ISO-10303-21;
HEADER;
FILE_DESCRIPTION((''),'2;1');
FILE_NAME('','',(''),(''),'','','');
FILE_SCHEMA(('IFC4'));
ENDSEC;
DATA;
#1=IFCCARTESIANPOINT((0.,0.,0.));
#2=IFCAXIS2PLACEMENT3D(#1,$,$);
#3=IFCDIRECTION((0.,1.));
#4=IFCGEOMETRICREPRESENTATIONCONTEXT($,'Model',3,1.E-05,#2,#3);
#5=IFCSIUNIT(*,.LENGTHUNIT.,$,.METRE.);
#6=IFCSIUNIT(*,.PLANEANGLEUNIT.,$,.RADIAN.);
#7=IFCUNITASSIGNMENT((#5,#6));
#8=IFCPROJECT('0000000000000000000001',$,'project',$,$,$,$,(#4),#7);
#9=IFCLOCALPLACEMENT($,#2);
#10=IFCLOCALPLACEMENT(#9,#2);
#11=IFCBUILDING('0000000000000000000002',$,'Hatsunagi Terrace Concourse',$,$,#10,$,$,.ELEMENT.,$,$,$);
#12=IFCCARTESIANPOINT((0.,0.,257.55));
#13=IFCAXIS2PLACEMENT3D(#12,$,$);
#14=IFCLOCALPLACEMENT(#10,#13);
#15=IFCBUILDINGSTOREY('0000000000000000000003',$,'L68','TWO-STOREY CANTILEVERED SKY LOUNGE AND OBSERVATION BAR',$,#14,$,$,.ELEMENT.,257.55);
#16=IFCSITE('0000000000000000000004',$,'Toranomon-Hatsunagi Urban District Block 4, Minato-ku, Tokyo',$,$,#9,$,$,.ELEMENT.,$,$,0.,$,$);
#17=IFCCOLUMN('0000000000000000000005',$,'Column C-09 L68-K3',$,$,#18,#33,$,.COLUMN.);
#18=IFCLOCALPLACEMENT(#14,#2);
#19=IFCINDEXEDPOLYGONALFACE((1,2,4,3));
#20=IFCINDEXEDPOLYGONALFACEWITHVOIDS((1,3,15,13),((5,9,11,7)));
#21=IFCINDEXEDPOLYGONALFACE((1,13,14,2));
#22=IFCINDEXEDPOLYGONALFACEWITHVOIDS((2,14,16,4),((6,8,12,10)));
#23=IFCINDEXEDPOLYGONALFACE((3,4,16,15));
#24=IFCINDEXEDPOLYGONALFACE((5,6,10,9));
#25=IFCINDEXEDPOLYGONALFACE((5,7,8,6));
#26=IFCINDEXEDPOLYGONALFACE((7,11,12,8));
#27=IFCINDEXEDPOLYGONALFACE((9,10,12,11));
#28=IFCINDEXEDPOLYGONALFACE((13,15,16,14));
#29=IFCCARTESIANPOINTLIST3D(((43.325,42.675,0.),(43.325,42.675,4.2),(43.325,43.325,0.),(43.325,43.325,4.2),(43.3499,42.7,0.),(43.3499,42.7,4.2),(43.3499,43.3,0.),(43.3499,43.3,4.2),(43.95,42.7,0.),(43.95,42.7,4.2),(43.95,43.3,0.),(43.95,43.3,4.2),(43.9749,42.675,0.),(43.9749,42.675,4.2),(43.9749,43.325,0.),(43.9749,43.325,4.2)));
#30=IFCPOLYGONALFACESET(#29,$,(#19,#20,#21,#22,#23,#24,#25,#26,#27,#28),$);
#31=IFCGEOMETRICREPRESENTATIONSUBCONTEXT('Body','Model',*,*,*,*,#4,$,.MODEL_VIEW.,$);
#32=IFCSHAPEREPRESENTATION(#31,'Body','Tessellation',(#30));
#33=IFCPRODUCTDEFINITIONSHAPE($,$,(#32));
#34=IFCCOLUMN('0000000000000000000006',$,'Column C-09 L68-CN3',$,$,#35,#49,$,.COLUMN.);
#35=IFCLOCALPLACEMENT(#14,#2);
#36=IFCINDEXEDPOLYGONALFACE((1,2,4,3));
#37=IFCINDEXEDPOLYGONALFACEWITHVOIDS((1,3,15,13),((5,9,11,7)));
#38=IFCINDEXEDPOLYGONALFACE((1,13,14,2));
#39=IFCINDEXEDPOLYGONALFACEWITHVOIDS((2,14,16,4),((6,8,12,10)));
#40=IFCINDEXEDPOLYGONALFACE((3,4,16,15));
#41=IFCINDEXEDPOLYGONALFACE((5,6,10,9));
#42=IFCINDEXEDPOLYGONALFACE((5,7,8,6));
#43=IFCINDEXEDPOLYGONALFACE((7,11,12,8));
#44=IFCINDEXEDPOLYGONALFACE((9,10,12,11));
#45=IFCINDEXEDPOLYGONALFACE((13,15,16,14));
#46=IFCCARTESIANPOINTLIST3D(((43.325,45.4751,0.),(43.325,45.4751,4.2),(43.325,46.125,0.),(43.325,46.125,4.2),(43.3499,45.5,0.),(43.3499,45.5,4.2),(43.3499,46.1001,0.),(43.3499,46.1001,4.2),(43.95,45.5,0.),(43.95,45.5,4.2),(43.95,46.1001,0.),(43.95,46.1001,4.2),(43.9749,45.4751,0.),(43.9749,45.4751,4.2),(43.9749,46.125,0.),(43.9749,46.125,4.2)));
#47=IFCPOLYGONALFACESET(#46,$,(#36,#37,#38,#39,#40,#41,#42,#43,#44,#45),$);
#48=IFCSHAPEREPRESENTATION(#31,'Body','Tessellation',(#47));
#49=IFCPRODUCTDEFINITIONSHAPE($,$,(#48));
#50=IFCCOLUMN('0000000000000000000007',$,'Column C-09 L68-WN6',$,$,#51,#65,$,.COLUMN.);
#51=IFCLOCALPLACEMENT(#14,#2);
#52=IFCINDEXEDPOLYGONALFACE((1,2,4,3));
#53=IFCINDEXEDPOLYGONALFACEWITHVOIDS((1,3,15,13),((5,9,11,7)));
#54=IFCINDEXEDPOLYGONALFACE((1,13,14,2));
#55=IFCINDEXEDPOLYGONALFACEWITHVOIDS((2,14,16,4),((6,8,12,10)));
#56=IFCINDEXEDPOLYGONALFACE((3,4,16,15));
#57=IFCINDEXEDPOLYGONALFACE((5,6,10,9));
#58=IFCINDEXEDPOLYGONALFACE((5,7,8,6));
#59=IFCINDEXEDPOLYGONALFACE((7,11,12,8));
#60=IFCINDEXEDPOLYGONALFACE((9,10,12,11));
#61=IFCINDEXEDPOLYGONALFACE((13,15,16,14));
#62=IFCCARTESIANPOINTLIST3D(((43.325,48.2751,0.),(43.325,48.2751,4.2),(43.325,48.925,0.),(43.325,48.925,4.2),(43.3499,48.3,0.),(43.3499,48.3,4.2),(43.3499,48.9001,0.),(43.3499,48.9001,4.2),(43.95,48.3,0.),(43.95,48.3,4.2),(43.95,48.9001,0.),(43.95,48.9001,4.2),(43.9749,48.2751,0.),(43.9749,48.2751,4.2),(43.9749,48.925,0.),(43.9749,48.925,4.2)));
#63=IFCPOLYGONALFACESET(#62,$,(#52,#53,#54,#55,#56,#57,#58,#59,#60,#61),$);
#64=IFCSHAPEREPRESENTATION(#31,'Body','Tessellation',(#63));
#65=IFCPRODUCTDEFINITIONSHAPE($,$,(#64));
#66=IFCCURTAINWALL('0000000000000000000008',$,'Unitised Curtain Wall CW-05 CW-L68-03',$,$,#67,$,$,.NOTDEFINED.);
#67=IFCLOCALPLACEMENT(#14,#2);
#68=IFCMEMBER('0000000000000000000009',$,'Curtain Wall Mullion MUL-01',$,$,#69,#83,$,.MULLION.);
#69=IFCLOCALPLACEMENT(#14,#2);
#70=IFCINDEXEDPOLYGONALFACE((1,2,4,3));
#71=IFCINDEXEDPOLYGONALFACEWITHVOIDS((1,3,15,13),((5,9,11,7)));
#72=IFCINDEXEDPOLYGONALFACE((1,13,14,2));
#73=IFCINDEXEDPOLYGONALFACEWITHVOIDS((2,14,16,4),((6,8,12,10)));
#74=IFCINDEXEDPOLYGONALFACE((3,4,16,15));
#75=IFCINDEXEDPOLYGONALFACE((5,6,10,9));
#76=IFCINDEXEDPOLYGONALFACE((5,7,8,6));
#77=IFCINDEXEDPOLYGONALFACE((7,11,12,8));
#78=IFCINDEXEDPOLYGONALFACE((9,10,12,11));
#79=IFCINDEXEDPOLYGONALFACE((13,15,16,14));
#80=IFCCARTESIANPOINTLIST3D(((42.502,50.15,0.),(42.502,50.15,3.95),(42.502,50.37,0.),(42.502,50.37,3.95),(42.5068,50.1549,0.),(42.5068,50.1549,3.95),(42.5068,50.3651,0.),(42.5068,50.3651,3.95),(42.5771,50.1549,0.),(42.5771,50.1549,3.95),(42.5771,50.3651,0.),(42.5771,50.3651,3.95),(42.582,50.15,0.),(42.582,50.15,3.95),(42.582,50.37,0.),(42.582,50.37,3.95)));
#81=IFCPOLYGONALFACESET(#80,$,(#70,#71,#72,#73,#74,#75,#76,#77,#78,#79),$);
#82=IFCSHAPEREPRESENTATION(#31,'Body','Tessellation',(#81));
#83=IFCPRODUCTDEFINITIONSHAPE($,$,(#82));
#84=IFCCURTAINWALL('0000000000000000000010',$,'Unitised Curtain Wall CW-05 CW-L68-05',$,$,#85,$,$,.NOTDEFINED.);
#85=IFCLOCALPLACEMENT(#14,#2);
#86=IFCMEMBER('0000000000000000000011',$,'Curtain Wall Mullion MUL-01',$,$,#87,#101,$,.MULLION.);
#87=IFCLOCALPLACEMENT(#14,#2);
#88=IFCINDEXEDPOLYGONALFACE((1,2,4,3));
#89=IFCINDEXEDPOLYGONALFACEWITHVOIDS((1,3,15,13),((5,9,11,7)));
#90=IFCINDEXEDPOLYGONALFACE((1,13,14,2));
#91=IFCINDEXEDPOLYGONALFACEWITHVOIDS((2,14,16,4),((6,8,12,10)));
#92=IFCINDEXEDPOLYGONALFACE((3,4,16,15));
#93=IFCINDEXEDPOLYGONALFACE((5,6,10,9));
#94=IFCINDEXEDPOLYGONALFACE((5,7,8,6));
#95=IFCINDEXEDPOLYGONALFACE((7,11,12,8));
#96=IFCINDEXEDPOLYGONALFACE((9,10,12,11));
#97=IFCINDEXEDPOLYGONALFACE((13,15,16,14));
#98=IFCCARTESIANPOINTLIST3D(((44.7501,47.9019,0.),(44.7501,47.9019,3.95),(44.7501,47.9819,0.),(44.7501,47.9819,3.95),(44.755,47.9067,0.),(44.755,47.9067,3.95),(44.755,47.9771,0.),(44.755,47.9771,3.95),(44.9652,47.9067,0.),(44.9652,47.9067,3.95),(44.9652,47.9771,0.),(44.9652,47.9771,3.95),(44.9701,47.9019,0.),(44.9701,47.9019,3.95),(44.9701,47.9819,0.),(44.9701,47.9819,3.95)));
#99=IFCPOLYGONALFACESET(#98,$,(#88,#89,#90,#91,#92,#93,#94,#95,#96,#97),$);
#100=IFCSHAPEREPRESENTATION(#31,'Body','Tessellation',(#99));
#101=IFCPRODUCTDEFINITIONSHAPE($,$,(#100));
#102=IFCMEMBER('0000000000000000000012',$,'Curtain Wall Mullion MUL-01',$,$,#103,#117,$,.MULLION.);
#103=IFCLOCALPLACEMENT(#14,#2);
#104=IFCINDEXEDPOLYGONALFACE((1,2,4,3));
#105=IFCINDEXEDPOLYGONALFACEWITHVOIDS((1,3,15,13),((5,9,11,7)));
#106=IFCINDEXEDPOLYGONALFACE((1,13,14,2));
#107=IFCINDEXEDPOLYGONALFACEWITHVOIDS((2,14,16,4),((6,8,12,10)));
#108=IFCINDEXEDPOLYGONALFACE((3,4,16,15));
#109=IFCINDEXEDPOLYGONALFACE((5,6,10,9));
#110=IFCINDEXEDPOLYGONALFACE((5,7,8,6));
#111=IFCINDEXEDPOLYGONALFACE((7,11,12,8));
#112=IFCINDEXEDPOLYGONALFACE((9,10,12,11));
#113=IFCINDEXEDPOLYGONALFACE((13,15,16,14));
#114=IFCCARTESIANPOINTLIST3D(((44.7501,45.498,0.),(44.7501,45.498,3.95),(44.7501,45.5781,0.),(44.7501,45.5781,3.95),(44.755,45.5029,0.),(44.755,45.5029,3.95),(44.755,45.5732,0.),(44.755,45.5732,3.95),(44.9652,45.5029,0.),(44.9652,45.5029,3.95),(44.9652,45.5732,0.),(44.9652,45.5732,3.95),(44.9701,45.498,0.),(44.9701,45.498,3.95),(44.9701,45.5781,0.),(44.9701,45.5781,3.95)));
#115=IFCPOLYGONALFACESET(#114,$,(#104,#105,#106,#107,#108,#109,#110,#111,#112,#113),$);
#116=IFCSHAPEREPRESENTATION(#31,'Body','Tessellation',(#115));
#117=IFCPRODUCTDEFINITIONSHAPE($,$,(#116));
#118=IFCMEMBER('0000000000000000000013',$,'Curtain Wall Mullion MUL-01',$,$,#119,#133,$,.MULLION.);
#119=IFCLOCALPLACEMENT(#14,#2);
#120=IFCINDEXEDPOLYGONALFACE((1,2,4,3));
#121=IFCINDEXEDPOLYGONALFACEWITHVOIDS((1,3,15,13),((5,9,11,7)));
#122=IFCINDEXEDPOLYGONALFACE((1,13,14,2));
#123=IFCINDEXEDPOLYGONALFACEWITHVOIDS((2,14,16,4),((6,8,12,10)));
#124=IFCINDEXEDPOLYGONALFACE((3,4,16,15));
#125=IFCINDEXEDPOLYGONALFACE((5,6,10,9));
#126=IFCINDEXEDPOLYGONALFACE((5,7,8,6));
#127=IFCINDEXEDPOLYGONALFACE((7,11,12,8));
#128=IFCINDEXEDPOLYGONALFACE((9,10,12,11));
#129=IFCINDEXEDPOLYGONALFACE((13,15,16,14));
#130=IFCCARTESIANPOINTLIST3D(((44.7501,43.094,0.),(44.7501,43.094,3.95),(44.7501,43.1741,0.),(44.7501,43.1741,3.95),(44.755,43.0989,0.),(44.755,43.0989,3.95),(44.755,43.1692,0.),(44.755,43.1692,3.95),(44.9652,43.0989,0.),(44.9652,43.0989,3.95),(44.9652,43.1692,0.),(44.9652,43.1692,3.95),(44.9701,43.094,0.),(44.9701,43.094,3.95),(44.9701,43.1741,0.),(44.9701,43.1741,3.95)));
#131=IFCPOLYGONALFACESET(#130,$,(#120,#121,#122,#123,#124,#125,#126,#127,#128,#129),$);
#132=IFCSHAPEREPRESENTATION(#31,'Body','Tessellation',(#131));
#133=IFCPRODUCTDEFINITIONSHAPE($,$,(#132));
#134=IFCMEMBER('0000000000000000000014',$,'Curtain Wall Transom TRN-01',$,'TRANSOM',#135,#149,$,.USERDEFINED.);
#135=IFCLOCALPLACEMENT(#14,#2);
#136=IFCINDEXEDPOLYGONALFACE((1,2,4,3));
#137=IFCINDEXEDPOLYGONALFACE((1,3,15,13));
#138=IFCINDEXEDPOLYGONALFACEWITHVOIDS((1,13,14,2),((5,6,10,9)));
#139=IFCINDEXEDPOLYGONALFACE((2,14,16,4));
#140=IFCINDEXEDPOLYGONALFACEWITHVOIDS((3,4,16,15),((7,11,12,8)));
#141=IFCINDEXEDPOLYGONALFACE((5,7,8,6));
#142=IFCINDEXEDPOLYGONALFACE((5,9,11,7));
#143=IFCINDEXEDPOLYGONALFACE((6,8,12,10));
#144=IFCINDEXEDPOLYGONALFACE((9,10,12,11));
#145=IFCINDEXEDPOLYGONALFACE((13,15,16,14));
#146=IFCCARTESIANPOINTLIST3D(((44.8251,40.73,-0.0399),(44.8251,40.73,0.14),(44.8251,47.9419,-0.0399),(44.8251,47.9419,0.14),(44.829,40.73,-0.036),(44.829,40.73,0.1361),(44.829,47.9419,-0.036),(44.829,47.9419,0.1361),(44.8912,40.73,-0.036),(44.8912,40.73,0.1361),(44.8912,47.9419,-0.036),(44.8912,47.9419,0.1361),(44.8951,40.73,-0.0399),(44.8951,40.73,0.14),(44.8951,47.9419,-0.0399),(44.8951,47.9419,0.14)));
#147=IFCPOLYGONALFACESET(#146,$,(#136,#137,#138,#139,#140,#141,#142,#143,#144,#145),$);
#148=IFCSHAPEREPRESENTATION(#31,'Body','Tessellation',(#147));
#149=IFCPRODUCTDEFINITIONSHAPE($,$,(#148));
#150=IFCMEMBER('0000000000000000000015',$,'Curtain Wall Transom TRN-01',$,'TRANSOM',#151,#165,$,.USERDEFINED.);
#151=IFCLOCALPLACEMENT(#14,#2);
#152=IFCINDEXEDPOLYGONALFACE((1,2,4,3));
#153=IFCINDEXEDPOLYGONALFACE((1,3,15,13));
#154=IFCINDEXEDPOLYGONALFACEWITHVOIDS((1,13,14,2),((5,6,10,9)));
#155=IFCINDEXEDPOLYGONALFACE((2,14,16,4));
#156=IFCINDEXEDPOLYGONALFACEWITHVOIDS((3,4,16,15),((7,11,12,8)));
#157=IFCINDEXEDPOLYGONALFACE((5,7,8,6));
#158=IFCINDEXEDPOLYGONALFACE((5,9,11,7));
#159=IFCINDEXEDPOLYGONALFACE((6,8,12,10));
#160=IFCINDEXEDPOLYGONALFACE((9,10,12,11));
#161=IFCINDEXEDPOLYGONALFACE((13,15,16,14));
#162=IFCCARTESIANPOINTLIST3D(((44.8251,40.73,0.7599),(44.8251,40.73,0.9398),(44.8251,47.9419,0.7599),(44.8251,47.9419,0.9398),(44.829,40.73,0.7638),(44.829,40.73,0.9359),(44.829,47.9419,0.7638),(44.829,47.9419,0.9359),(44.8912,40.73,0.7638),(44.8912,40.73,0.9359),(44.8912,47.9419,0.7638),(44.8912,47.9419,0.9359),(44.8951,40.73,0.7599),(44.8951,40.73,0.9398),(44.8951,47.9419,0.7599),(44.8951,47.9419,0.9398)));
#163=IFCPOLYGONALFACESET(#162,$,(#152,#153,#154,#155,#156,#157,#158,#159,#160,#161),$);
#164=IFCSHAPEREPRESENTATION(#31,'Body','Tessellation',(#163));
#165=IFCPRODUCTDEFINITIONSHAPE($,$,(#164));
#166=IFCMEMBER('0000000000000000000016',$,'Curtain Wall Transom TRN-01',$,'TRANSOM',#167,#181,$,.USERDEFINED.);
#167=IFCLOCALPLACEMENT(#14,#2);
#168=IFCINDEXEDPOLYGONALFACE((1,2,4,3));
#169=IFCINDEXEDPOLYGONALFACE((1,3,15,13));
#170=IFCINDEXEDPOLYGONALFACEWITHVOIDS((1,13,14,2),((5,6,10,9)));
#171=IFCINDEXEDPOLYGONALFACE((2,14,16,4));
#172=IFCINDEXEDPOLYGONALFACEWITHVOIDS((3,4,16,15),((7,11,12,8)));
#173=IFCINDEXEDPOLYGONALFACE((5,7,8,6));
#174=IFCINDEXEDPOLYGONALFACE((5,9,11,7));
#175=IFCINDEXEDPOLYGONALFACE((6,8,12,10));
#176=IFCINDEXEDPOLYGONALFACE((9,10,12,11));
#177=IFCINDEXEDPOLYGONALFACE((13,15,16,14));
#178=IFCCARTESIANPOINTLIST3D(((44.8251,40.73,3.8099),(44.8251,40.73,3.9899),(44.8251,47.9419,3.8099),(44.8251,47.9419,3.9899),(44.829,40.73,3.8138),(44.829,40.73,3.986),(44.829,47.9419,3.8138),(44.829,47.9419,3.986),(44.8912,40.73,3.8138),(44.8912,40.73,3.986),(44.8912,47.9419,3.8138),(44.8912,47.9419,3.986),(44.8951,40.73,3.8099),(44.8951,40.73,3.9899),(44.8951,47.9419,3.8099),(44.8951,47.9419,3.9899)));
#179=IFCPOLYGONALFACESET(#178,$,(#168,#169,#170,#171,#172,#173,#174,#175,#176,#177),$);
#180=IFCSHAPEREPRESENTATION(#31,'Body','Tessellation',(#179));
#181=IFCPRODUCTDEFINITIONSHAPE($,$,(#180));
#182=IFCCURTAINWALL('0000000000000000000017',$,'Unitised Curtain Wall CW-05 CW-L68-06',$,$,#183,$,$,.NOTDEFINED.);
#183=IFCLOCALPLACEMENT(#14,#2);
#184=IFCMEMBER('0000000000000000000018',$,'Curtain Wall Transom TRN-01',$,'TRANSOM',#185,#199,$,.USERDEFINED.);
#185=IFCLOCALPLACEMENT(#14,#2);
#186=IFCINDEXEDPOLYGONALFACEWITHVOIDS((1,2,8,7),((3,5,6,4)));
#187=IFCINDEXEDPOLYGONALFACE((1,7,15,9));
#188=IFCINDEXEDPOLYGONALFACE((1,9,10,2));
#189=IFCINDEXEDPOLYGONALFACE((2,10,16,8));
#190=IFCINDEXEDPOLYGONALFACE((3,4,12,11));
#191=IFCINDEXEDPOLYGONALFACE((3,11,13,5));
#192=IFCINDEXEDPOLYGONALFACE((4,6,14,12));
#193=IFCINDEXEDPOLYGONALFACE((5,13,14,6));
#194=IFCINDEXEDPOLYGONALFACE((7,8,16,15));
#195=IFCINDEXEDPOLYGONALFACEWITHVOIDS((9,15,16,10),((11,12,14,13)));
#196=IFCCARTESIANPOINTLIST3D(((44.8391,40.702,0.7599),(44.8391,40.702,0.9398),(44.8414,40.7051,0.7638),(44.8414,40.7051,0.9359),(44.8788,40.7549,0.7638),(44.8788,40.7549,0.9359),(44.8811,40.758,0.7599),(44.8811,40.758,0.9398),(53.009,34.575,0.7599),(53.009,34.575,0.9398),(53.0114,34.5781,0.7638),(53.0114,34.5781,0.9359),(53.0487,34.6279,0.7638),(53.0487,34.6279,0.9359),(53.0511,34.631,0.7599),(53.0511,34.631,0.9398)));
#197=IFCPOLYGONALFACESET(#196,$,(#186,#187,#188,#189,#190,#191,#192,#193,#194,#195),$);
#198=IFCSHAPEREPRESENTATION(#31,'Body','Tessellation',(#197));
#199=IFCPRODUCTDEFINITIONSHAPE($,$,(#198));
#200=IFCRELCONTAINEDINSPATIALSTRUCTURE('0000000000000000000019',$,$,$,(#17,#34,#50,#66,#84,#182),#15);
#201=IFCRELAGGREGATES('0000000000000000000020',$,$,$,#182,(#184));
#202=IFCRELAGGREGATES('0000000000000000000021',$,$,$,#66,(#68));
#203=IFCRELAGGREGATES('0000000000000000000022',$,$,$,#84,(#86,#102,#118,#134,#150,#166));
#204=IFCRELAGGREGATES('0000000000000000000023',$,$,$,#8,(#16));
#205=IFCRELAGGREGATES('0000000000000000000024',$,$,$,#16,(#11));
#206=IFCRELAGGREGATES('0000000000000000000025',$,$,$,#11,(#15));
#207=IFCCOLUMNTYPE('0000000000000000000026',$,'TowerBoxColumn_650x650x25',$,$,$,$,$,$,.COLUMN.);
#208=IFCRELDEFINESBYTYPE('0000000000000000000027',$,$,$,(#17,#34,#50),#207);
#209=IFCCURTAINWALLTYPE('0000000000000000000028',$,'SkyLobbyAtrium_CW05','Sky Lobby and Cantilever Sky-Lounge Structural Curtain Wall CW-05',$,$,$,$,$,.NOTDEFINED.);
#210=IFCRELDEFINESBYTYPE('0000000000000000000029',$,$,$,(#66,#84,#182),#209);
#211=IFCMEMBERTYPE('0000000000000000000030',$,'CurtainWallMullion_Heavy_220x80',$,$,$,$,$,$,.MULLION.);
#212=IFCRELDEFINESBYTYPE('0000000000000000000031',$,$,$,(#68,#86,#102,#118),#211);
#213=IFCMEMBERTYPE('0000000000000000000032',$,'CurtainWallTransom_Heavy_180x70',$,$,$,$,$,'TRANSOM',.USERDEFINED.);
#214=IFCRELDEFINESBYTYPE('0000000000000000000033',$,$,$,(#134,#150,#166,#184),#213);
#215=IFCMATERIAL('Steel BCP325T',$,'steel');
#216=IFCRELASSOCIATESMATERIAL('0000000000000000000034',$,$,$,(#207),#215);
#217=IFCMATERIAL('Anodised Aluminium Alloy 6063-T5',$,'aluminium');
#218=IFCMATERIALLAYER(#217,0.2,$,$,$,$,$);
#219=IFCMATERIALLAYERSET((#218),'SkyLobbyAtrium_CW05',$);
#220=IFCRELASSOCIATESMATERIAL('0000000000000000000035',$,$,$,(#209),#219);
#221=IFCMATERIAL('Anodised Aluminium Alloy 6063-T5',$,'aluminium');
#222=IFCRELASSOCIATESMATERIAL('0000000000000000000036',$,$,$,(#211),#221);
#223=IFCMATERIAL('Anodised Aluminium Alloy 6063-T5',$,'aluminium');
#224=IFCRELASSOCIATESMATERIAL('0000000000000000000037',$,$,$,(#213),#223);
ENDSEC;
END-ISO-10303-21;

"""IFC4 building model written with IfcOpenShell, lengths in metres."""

from ifc_helpers import new_model, si_unit, direction, frame, origin, origin_2d, place, context, subcontext, project, spatial, hollow_rectangle, extrude, material, layer, layer_set, material_profile, profile_set, type_object, element, aggregate, save


model = new_model("IFC4")

# Units and contexts
model_context = context("Model", 3, precision=1e-05, world=origin(), true_north=direction((0.0, 1.0)))
body_context = subcontext(model_context, "Body", "Model", "MODEL_VIEW")
ifc_project = project(units=[si_unit("LENGTHUNIT", "METRE"), si_unit("PLANEANGLEUNIT", "RADIAN")], contexts=[model_context])

# Site, building, storey
site_placement = place(None, origin())
site = spatial("IfcSite", under=ifc_project, at=site_placement, Name="Toranomon-Hatsunagi Urban District Block 4, Minato-ku, Tokyo", CompositionType="ELEMENT", RefElevation=0.0)
building_placement = place(site_placement, origin())
building = spatial("IfcBuilding", under=site, at=building_placement, Name="Hatsunagi Terrace Concourse", CompositionType="ELEMENT")
storey_placement = place(building_placement, frame((0.0, 0.0, 257.55)))
storey = spatial("IfcBuildingStorey", under=building, at=storey_placement, Name="L68", Description="TWO-STOREY CANTILEVERED SKY LOUNGE AND OBSERVATION BAR", CompositionType="ELEMENT", Elevation=257.55)

# Columns
ifc_material_1 = material(Name="Steel BCP325T", Category="steel")
ifc_material_profile_1 = material_profile(ifc_material_1, hollow_rectangle(XDim=0.6499, YDim=0.6499, WallThickness=0.0249, at=origin_2d()), Name="BCP-650x650x25")
ifc_profile_set_1 = profile_set([ifc_material_profile_1], Name="Steel BCP325T")
column_type = type_object("IfcColumnType", Name="TowerBoxColumn_650x650x25", PredefinedType="COLUMN", material=ifc_profile_set_1)
for number, where, z_axis, x_axis, name in (
    (1, (43.6499, 43.0, 0.0), (0.0, 0.0, 1.0), (1.0, 0.0, 0.0), "Column C-09 L68-K3"),
    (2, (43.6499, 45.8, 0.0), (0.0, 0.0, 1.0), (1.0, 0.0, 0.0), "Column C-09 L68-CN3"),
    (3, (43.6499, 48.6001, 0.0), (0.0, 0.0, 1.0), (1.0, 0.0, 0.0), "Column C-09 L68-WN6"),
):
    element("IfcColumn", number, at=place(storey_placement, frame(where, z_axis=z_axis, x_axis=x_axis)), inside=storey, type_object=column_type, Name=name, PredefinedType="COLUMN", context=body_context, shape_type="SweptSolid", body=[
        extrude(hollow_rectangle(XDim=0.6499, YDim=0.6499, WallThickness=0.0249, at=origin_2d()), origin(), (0.0, 0.0, 1.0), 4.2),
    ])

# Curtain wall, member
ifc_material_2 = material(Name="Anodised Aluminium Alloy 6063-T5", Category="aluminium")
ifc_layer_1 = layer(ifc_material_2, 0.2)
ifc_layer_set_1 = layer_set([ifc_layer_1], Name="SkyLobbyAtrium_CW05")
curtain_wall_type = type_object("IfcCurtainWallType", Name="SkyLobbyAtrium_CW05", Description="Sky Lobby and Cantilever Sky-Lounge Structural Curtain Wall CW-05", PredefinedType="NOTDEFINED", material=ifc_layer_set_1)
curtain_wall_1_placement = place(storey_placement, origin())
curtain_wall_1 = element("IfcCurtainWall", 4, at=curtain_wall_1_placement, inside=storey, type_object=curtain_wall_type, Name="Unitised Curtain Wall CW-05 CW-L68-03", PredefinedType="NOTDEFINED")
ifc_material_3 = material(Name="Anodised Aluminium Alloy 6063-T5", Category="aluminium")
ifc_material_profile_2 = material_profile(ifc_material_3, hollow_rectangle(XDim=0.0801, YDim=0.22, WallThickness=0.0049, at=origin_2d()), Name="ALU-MUL-220x80x5")
ifc_profile_set_2 = profile_set([ifc_material_profile_2], Name="Anodised Aluminium Alloy 6063-T5")
member_type_1 = type_object("IfcMemberType", Name="CurtainWallMullion_Heavy_220x80", PredefinedType="MULLION", material=ifc_profile_set_2)
member_1_placement = place(storey_placement, frame((42.542, 50.26, 0.0), z_axis=(0.0, 0.0, 1.0), x_axis=(1.0, 0.0, 0.0)))
member_1 = element("IfcMember", 5, at=member_1_placement, type_object=member_type_1, Name="Curtain Wall Mullion MUL-01", PredefinedType="MULLION", context=body_context, shape_type="SweptSolid", body=[
    extrude(hollow_rectangle(XDim=0.0801, YDim=0.22, WallThickness=0.0049, at=origin_2d()), origin(), (0.0, 0.0, 1.0), 3.95),
])

# Curtain walls, members
curtain_wall_2_placement = place(storey_placement, origin())
curtain_wall_2 = element("IfcCurtainWall", 6, at=curtain_wall_2_placement, inside=storey, type_object=curtain_wall_type, Name="Unitised Curtain Wall CW-05 CW-L68-05", PredefinedType="NOTDEFINED")
member_2_placement = place(storey_placement, frame((44.8601, 47.9419, 0.0), z_axis=(0.0, 0.0, 1.0), x_axis=(0.0, -1.0, 0.0)))
member_2 = element("IfcMember", 7, at=member_2_placement, type_object=member_type_1, Name="Curtain Wall Mullion MUL-01", PredefinedType="MULLION", context=body_context, shape_type="SweptSolid", body=[
    extrude(hollow_rectangle(XDim=0.0801, YDim=0.22, WallThickness=0.0049, at=origin_2d()), origin(), (0.0, 0.0, 1.0), 3.95),
])
member_3_placement = place(storey_placement, frame((44.8601, 45.5381, 0.0), z_axis=(0.0, 0.0, 1.0), x_axis=(0.0, -1.0, 0.0)))
member_3 = element("IfcMember", 8, at=member_3_placement, type_object=member_type_1, Name="Curtain Wall Mullion MUL-01", PredefinedType="MULLION", context=body_context, shape_type="SweptSolid", body=[
    extrude(hollow_rectangle(XDim=0.0801, YDim=0.22, WallThickness=0.0049, at=origin_2d()), origin(), (0.0, 0.0, 1.0), 3.95),
])
member_4_placement = place(storey_placement, frame((44.8601, 43.134, 0.0), z_axis=(0.0, 0.0, 1.0), x_axis=(0.0, -1.0, 0.0)))
member_4 = element("IfcMember", 9, at=member_4_placement, type_object=member_type_1, Name="Curtain Wall Mullion MUL-01", PredefinedType="MULLION", context=body_context, shape_type="SweptSolid", body=[
    extrude(hollow_rectangle(XDim=0.0801, YDim=0.22, WallThickness=0.0049, at=origin_2d()), origin(), (0.0, 0.0, 1.0), 3.95),
])
ifc_material_4 = material(Name="Anodised Aluminium Alloy 6063-T5", Category="aluminium")
ifc_material_profile_3 = material_profile(ifc_material_4, hollow_rectangle(XDim=0.0701, YDim=0.1799, WallThickness=0.0039, at=origin_2d()), Name="ALU-TRN-180x70x4")
ifc_profile_set_3 = profile_set([ifc_material_profile_3], Name="Anodised Aluminium Alloy 6063-T5")
member_type_2 = type_object("IfcMemberType", Name="CurtainWallTransom_Heavy_180x70", ElementType="TRANSOM", PredefinedType="USERDEFINED", material=ifc_profile_set_3)
member_5_placement = place(storey_placement, frame((44.8601, 47.9419, 0.05), z_axis=(0.0, -1.0, 0.0), x_axis=(1.0, 0.0, 0.0)))
member_5 = element("IfcMember", 10, at=member_5_placement, type_object=member_type_2, Name="Curtain Wall Transom TRN-01", ObjectType="TRANSOM", PredefinedType="USERDEFINED", context=body_context, shape_type="SweptSolid", body=[
    extrude(hollow_rectangle(XDim=0.0701, YDim=0.1799, WallThickness=0.0039, at=origin_2d()), origin(), (0.0, 0.0, 1.0), 7.2119),
])
member_6_placement = place(storey_placement, frame((44.8601, 47.9419, 0.8499), z_axis=(0.0, -1.0, 0.0), x_axis=(1.0, 0.0, 0.0)))
member_6 = element("IfcMember", 11, at=member_6_placement, type_object=member_type_2, Name="Curtain Wall Transom TRN-01", ObjectType="TRANSOM", PredefinedType="USERDEFINED", context=body_context, shape_type="SweptSolid", body=[
    extrude(hollow_rectangle(XDim=0.0701, YDim=0.1799, WallThickness=0.0039, at=origin_2d()), origin(), (0.0, 0.0, 1.0), 7.2119),
])
member_7_placement = place(storey_placement, frame((44.8601, 47.9419, 3.8999), z_axis=(0.0, -1.0, 0.0), x_axis=(1.0, 0.0, 0.0)))
member_7 = element("IfcMember", 12, at=member_7_placement, type_object=member_type_2, Name="Curtain Wall Transom TRN-01", ObjectType="TRANSOM", PredefinedType="USERDEFINED", context=body_context, shape_type="SweptSolid", body=[
    extrude(hollow_rectangle(XDim=0.0701, YDim=0.1799, WallThickness=0.0039, at=origin_2d()), origin(), (0.0, 0.0, 1.0), 7.2119),
])
curtain_wall_3_placement = place(storey_placement, origin())
curtain_wall_3 = element("IfcCurtainWall", 13, at=curtain_wall_3_placement, inside=storey, type_object=curtain_wall_type, Name="Unitised Curtain Wall CW-05 CW-L68-06", PredefinedType="NOTDEFINED")
member_8_placement = place(storey_placement, frame((44.8601, 40.73, 0.8499), z_axis=(0.800023, -0.599969, 0.0), x_axis=(0.599969, 0.800023, 0.0)))
member_8 = element("IfcMember", 14, at=member_8_placement, type_object=member_type_2, Name="Curtain Wall Transom TRN-01", ObjectType="TRANSOM", PredefinedType="USERDEFINED", context=body_context, shape_type="SweptSolid", body=[
    extrude(hollow_rectangle(XDim=0.0701, YDim=0.1799, WallThickness=0.0039, at=origin_2d()), origin(), (0.0, 0.0, 1.0), 10.2122),
])
aggregate(curtain_wall_3, [member_8])

aggregate(curtain_wall_1, [member_1])
aggregate(curtain_wall_2, [member_2, member_3, member_4, member_5, member_6, member_7])

save(model, "model.ifc")
